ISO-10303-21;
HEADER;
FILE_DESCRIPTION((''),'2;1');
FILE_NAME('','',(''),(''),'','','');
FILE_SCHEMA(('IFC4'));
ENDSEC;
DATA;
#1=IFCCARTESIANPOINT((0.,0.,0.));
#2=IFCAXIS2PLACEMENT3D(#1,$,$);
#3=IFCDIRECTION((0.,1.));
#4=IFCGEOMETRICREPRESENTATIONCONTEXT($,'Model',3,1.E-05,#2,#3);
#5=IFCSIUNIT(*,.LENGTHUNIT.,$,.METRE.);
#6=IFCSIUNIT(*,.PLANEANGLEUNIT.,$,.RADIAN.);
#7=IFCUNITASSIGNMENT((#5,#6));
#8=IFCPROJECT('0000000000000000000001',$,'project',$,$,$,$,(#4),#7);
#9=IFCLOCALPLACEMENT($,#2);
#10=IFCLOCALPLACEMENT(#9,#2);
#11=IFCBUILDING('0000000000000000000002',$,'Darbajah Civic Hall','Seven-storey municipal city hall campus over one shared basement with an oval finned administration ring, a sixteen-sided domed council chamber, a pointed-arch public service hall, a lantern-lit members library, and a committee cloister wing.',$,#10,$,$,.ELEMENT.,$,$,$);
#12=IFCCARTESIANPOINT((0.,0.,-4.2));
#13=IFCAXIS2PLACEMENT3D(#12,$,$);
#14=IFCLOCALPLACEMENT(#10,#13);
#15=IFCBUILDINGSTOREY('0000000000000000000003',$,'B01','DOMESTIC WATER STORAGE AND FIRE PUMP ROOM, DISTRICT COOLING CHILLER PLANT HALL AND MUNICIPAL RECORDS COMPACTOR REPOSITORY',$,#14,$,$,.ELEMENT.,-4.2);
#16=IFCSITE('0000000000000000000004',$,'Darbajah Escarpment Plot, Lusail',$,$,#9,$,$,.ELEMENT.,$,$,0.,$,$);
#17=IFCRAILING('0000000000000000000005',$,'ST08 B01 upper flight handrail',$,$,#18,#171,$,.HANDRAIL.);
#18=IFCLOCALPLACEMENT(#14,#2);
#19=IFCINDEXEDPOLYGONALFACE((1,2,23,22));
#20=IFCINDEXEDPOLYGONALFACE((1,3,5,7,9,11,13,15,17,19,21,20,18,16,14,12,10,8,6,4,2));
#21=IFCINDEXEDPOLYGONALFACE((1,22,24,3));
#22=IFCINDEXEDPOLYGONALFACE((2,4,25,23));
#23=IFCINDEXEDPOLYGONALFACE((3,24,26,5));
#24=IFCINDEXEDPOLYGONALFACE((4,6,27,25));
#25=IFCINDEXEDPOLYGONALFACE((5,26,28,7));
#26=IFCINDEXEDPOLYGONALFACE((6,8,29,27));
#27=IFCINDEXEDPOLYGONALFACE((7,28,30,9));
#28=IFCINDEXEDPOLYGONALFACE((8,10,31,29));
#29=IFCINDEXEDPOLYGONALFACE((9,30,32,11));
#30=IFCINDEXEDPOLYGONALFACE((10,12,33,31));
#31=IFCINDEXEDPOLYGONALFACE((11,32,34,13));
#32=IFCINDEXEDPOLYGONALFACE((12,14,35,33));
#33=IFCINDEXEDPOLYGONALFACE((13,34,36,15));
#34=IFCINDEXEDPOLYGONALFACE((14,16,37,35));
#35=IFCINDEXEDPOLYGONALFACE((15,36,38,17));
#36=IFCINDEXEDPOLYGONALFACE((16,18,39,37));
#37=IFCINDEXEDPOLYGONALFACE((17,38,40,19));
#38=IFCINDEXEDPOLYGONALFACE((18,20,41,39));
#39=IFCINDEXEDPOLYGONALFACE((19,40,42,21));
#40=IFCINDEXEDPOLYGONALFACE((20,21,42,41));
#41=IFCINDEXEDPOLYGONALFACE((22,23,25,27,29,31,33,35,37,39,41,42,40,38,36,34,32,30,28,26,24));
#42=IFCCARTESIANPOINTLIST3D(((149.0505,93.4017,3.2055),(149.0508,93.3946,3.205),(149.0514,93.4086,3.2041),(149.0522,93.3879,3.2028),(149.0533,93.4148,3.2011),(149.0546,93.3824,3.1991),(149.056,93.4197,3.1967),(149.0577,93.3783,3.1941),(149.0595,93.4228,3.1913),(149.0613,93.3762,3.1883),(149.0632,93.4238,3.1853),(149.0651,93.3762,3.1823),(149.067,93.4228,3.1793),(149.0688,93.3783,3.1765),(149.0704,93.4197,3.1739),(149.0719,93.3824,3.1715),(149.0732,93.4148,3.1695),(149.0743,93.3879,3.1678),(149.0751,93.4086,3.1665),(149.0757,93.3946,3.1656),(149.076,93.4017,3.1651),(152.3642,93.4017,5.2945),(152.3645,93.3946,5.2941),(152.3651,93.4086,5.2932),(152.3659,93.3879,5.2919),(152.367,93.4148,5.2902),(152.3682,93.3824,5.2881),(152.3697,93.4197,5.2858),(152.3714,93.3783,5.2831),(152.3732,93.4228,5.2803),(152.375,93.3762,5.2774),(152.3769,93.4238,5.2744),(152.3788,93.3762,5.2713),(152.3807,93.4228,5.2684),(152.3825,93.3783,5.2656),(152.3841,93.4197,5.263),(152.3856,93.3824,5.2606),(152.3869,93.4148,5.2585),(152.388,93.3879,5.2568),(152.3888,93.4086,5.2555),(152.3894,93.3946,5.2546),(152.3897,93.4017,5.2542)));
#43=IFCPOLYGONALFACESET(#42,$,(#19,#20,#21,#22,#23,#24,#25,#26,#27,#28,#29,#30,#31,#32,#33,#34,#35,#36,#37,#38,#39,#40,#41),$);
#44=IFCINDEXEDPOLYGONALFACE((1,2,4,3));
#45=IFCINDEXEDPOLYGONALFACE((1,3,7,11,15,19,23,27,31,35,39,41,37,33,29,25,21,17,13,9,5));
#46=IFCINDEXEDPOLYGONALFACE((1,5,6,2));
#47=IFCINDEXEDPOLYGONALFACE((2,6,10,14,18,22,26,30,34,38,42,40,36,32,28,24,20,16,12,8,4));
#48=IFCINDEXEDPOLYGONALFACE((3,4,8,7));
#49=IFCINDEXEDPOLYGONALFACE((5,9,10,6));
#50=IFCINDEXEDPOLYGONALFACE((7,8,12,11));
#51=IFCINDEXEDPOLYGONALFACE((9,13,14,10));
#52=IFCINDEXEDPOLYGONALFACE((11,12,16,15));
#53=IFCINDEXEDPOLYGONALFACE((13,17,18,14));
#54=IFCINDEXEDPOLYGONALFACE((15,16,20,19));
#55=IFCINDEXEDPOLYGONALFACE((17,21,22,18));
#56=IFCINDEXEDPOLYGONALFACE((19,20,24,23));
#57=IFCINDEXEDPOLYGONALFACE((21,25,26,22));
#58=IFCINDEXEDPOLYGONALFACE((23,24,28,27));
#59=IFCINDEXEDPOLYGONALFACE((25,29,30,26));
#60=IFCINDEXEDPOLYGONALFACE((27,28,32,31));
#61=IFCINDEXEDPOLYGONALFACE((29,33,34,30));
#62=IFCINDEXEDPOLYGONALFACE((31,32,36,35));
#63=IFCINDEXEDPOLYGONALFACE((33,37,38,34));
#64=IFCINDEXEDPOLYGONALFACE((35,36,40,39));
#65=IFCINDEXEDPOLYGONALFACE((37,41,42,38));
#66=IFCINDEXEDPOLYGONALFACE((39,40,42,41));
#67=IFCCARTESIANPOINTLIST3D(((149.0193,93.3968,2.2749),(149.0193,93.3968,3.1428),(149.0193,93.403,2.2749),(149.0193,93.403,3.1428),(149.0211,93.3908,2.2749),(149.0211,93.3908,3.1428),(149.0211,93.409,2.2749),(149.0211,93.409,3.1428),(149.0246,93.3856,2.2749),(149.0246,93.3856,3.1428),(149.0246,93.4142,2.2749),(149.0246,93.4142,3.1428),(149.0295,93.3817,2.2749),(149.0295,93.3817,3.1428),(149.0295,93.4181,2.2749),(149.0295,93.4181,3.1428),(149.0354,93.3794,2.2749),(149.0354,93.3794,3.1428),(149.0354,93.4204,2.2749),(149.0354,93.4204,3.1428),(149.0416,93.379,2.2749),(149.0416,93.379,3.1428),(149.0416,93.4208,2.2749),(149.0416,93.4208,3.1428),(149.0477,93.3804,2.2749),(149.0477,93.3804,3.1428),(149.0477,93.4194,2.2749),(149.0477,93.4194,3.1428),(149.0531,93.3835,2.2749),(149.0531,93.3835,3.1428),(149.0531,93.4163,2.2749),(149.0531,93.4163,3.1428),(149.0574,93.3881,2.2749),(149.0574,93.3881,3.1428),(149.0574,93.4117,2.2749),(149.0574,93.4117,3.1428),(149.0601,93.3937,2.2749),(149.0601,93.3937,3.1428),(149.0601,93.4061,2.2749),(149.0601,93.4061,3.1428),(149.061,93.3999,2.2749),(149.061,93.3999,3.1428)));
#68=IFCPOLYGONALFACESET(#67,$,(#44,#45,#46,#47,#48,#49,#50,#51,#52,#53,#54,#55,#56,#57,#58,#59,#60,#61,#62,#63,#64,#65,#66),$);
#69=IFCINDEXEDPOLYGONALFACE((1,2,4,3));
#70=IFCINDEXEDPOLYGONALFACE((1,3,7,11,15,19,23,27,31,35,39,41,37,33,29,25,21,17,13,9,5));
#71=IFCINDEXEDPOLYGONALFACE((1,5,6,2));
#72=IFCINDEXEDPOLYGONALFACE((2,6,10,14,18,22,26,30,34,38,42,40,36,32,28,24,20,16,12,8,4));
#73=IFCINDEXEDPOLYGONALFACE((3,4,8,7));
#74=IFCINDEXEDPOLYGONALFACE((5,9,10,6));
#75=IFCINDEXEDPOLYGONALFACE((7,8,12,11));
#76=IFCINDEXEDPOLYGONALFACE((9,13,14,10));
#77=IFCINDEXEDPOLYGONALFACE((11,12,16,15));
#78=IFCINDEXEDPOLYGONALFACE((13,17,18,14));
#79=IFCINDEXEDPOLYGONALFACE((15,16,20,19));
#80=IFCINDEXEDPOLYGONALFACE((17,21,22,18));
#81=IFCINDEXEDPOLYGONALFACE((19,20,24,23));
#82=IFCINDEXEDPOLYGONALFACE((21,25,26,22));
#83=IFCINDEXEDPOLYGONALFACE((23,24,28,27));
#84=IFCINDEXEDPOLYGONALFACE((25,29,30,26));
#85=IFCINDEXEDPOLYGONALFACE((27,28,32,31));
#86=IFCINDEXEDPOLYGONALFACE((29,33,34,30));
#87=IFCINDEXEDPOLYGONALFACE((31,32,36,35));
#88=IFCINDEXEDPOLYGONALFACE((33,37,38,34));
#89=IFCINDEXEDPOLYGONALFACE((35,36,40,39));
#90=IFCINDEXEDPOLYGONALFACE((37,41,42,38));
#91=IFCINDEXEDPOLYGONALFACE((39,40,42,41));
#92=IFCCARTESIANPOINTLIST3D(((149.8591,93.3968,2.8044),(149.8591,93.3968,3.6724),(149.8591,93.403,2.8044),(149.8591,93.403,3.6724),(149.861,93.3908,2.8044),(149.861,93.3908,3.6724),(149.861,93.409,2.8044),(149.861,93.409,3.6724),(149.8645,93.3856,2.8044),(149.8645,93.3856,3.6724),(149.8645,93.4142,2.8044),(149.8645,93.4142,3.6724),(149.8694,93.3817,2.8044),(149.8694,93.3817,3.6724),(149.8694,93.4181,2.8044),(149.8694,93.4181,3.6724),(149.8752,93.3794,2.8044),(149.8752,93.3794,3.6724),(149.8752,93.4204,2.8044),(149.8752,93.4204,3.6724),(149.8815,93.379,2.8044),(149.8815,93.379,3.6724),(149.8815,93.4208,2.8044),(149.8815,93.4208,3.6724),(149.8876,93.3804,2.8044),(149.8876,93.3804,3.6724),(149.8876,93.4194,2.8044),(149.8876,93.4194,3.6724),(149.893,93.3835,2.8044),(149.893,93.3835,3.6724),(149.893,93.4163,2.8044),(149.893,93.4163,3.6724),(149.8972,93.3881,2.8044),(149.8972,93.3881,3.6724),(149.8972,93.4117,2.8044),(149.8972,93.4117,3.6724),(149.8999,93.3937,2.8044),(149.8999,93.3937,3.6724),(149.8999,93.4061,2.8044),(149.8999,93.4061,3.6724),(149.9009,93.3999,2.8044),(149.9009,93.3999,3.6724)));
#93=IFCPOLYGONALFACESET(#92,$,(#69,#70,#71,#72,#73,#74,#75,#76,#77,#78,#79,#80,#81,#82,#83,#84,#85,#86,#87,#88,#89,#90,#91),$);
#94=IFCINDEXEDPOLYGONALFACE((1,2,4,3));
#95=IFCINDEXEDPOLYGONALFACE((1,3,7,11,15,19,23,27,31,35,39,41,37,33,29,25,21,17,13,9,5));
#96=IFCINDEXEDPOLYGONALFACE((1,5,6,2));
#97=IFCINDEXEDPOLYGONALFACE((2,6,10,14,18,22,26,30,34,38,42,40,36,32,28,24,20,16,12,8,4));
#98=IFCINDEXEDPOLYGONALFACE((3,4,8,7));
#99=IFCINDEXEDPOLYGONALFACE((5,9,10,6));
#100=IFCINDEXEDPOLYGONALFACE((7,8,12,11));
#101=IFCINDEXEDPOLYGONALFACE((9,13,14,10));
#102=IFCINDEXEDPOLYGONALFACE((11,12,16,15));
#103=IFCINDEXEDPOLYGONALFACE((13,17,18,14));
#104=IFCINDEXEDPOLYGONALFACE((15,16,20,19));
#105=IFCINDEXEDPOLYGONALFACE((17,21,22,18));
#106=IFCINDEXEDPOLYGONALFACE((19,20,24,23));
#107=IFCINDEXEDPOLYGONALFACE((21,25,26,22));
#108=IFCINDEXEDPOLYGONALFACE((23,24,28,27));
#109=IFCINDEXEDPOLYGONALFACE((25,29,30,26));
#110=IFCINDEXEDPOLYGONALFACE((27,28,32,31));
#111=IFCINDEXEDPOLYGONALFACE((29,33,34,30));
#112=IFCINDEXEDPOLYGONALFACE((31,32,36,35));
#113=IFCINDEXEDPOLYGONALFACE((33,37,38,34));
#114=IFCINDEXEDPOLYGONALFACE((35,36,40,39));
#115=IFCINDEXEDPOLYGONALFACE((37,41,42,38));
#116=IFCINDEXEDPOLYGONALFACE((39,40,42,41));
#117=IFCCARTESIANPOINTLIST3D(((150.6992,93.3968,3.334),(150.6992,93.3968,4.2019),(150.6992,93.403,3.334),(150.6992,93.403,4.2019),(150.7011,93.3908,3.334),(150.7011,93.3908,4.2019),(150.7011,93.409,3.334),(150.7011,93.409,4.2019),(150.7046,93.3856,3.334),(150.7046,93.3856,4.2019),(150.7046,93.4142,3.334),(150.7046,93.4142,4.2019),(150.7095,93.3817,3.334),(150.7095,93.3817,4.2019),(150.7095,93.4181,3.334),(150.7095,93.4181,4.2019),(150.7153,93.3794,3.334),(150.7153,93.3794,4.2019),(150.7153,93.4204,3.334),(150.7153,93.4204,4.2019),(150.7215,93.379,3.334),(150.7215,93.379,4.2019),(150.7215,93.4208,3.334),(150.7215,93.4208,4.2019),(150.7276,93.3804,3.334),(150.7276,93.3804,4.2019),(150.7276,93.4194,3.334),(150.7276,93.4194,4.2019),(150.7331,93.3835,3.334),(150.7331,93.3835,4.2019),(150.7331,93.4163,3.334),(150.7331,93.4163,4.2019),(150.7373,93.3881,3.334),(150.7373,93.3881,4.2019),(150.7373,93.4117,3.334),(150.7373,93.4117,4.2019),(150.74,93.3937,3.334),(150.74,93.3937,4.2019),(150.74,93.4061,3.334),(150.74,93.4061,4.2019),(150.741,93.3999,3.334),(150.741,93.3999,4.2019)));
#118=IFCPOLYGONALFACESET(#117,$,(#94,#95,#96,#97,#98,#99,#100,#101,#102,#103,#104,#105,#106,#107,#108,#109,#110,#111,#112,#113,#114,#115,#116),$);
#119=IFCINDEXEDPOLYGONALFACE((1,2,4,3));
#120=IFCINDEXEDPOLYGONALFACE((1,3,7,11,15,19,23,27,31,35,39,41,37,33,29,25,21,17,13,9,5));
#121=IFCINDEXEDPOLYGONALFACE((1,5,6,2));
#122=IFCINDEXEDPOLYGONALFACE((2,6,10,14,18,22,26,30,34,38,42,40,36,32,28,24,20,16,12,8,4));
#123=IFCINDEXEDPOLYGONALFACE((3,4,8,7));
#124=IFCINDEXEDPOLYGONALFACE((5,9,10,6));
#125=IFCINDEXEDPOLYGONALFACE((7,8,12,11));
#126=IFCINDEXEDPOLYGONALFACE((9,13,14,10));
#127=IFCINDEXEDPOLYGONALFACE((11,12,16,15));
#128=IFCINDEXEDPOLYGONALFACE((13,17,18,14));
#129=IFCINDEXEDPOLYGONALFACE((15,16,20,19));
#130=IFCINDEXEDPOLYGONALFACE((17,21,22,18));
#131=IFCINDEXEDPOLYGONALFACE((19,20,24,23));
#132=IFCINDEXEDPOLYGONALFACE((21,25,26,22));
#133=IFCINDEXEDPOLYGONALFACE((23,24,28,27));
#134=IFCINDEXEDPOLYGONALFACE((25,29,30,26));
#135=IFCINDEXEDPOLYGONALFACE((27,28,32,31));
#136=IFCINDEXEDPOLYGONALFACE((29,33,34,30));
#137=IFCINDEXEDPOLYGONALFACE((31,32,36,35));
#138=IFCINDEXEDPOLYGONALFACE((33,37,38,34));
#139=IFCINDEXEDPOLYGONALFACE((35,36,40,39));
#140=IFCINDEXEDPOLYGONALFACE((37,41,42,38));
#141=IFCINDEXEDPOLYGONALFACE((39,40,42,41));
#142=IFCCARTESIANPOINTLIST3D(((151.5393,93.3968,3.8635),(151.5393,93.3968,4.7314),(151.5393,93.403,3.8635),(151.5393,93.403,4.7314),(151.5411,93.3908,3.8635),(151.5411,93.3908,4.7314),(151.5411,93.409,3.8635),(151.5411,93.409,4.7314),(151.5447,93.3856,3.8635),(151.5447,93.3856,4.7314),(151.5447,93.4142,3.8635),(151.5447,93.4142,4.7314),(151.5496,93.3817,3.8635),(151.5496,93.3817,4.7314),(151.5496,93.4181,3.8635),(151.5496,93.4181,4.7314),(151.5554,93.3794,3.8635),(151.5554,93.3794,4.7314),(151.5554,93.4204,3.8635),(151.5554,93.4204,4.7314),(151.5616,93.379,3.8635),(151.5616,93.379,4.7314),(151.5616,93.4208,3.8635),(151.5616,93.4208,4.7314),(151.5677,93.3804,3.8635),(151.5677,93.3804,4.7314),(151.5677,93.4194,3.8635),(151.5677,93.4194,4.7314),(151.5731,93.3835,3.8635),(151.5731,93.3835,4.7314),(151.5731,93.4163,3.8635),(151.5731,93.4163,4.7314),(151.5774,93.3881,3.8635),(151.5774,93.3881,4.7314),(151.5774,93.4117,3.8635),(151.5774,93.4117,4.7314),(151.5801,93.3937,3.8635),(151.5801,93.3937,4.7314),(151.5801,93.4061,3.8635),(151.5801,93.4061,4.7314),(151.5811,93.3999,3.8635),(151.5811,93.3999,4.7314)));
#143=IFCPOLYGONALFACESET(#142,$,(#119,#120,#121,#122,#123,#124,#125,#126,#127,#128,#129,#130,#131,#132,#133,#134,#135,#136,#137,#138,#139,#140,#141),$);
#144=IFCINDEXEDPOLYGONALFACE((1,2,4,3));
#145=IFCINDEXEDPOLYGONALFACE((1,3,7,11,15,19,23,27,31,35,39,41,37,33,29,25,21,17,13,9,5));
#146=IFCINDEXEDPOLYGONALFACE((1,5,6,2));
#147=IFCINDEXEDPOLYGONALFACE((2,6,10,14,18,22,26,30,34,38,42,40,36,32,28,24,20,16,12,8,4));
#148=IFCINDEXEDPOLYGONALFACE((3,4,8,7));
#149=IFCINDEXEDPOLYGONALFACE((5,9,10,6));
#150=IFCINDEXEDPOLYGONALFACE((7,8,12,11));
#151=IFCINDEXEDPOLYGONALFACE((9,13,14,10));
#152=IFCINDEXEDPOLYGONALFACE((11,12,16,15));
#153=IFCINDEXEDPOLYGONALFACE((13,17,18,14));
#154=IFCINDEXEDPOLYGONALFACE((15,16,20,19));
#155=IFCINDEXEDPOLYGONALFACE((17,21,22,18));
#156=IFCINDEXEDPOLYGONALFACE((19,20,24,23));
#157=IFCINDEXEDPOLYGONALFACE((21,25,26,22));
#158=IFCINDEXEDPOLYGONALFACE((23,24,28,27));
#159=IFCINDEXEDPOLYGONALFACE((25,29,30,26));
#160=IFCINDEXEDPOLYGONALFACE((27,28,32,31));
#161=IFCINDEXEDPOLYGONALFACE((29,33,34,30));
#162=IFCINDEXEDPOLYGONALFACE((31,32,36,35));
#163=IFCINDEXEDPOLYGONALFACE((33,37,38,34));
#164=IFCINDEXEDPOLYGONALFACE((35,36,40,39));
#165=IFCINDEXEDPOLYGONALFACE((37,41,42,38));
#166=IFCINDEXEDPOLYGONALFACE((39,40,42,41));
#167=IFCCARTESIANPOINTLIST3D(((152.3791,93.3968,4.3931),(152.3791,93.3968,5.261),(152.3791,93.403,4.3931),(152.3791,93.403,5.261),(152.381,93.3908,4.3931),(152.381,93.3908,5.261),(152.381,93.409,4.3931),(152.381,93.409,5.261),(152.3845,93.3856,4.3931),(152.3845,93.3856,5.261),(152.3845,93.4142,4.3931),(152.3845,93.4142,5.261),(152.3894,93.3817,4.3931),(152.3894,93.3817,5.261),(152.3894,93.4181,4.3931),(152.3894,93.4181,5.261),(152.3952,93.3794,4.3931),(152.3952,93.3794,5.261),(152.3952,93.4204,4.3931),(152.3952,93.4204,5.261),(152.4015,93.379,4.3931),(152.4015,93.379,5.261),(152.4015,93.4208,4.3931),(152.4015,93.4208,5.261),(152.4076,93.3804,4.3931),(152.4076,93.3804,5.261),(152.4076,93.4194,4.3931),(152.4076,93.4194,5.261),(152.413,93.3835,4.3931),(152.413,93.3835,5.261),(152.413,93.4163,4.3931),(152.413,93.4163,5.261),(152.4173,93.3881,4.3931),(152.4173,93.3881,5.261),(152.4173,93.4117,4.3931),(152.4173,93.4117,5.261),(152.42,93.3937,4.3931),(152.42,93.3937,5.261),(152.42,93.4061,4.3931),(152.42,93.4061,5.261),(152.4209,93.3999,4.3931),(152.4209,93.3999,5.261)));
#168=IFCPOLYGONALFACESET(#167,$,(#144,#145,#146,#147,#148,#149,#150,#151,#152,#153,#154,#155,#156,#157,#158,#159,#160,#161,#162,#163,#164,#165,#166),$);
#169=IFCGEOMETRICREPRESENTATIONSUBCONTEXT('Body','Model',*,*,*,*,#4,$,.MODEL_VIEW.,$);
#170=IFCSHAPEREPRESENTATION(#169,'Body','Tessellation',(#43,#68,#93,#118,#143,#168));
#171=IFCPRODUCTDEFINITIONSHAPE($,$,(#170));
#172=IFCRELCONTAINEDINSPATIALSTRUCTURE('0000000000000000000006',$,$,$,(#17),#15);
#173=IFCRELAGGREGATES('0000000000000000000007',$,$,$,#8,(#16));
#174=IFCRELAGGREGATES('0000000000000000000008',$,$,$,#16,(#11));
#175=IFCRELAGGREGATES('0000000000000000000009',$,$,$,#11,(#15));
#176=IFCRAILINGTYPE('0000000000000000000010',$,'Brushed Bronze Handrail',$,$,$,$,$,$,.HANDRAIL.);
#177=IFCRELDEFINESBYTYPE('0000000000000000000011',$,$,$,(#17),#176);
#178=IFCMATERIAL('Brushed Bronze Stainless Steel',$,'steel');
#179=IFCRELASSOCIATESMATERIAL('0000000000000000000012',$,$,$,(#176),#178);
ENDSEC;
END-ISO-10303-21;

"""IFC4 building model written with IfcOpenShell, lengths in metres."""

from ifc_helpers import new_model, si_unit, direction, frame, origin, origin_2d, place, context, subcontext, project, spatial, circle, extrude, material, type_object, element, save


model = new_model("IFC4")

# Units and contexts
model_context = context("Model", 3, precision=1e-05, world=origin(), true_north=direction((0.0, 1.0)))
body_context = subcontext(model_context, "Body", "Model", "MODEL_VIEW")
ifc_project = project(units=[si_unit("LENGTHUNIT", "METRE"), si_unit("PLANEANGLEUNIT", "RADIAN")], contexts=[model_context])

# Site, building, storey
site_placement = place(None, origin())
site = spatial("IfcSite", under=ifc_project, at=site_placement, Name="Darbajah Escarpment Plot, Lusail", CompositionType="ELEMENT", RefElevation=0.0)
building_placement = place(site_placement, origin())
building = spatial("IfcBuilding", under=site, at=building_placement, Name="Darbajah Civic Hall", Description="Seven-storey municipal city hall campus over one shared basement with an oval finned administration ring, a sixteen-sided domed council chamber, a pointed-arch public service hall, a lantern-lit members library, and a committee cloister wing.", CompositionType="ELEMENT")
storey_placement = place(building_placement, frame((0.0, 0.0, -4.2)))
storey = spatial("IfcBuildingStorey", under=building, at=storey_placement, Name="B01", Description="DOMESTIC WATER STORAGE AND FIRE PUMP ROOM, DISTRICT COOLING CHILLER PLANT HALL AND MUNICIPAL RECORDS COMPACTOR REPOSITORY", CompositionType="ELEMENT", Elevation=-4.2)

# Railing
ifc_material_1 = material(Name="Brushed Bronze Stainless Steel", Category="steel")
railing_type_1 = type_object("IfcRailingType", Name="Brushed Bronze Handrail", PredefinedType="HANDRAIL", material=ifc_material_1)
railing_1_placement = place(storey_placement, frame((149.04, 93.3999, 2.2749)))
element("IfcRailing", 1, at=railing_1_placement, inside=storey, type_object=railing_type_1, Name="ST08 B01 upper flight handrail", PredefinedType="HANDRAIL", context=body_context, shape_type="SweptSolid", body=[
    extrude(circle(Radius=0.0239, at=origin_2d()), frame((0.0232, 0.0, 0.9104), z_axis=(0.845927, 0.0, 0.533299), x_axis=(0.0, 1.0, 0.0)), (0.0, 0.0, 1.0), 3.9172),
    extrude(circle(Radius=0.021, at=origin_2d()), origin(), (0.0, 0.0, 1.0), 0.8679),
    extrude(circle(Radius=0.021, at=origin_2d()), frame((0.8398, 0.0, 0.5295)), (0.0, 0.0, 1.0), 0.8679),
    extrude(circle(Radius=0.021, at=origin_2d()), frame((1.6799, 0.0, 1.0591)), (0.0, 0.0, 1.0), 0.8679),
    extrude(circle(Radius=0.021, at=origin_2d()), frame((2.52, 0.0, 1.5886)), (0.0, 0.0, 1.0), 0.8679),
    extrude(circle(Radius=0.021, at=origin_2d()), frame((3.3599, 0.0, 2.1182)), (0.0, 0.0, 1.0), 0.8679),
])

save(model, "model.ifc")
